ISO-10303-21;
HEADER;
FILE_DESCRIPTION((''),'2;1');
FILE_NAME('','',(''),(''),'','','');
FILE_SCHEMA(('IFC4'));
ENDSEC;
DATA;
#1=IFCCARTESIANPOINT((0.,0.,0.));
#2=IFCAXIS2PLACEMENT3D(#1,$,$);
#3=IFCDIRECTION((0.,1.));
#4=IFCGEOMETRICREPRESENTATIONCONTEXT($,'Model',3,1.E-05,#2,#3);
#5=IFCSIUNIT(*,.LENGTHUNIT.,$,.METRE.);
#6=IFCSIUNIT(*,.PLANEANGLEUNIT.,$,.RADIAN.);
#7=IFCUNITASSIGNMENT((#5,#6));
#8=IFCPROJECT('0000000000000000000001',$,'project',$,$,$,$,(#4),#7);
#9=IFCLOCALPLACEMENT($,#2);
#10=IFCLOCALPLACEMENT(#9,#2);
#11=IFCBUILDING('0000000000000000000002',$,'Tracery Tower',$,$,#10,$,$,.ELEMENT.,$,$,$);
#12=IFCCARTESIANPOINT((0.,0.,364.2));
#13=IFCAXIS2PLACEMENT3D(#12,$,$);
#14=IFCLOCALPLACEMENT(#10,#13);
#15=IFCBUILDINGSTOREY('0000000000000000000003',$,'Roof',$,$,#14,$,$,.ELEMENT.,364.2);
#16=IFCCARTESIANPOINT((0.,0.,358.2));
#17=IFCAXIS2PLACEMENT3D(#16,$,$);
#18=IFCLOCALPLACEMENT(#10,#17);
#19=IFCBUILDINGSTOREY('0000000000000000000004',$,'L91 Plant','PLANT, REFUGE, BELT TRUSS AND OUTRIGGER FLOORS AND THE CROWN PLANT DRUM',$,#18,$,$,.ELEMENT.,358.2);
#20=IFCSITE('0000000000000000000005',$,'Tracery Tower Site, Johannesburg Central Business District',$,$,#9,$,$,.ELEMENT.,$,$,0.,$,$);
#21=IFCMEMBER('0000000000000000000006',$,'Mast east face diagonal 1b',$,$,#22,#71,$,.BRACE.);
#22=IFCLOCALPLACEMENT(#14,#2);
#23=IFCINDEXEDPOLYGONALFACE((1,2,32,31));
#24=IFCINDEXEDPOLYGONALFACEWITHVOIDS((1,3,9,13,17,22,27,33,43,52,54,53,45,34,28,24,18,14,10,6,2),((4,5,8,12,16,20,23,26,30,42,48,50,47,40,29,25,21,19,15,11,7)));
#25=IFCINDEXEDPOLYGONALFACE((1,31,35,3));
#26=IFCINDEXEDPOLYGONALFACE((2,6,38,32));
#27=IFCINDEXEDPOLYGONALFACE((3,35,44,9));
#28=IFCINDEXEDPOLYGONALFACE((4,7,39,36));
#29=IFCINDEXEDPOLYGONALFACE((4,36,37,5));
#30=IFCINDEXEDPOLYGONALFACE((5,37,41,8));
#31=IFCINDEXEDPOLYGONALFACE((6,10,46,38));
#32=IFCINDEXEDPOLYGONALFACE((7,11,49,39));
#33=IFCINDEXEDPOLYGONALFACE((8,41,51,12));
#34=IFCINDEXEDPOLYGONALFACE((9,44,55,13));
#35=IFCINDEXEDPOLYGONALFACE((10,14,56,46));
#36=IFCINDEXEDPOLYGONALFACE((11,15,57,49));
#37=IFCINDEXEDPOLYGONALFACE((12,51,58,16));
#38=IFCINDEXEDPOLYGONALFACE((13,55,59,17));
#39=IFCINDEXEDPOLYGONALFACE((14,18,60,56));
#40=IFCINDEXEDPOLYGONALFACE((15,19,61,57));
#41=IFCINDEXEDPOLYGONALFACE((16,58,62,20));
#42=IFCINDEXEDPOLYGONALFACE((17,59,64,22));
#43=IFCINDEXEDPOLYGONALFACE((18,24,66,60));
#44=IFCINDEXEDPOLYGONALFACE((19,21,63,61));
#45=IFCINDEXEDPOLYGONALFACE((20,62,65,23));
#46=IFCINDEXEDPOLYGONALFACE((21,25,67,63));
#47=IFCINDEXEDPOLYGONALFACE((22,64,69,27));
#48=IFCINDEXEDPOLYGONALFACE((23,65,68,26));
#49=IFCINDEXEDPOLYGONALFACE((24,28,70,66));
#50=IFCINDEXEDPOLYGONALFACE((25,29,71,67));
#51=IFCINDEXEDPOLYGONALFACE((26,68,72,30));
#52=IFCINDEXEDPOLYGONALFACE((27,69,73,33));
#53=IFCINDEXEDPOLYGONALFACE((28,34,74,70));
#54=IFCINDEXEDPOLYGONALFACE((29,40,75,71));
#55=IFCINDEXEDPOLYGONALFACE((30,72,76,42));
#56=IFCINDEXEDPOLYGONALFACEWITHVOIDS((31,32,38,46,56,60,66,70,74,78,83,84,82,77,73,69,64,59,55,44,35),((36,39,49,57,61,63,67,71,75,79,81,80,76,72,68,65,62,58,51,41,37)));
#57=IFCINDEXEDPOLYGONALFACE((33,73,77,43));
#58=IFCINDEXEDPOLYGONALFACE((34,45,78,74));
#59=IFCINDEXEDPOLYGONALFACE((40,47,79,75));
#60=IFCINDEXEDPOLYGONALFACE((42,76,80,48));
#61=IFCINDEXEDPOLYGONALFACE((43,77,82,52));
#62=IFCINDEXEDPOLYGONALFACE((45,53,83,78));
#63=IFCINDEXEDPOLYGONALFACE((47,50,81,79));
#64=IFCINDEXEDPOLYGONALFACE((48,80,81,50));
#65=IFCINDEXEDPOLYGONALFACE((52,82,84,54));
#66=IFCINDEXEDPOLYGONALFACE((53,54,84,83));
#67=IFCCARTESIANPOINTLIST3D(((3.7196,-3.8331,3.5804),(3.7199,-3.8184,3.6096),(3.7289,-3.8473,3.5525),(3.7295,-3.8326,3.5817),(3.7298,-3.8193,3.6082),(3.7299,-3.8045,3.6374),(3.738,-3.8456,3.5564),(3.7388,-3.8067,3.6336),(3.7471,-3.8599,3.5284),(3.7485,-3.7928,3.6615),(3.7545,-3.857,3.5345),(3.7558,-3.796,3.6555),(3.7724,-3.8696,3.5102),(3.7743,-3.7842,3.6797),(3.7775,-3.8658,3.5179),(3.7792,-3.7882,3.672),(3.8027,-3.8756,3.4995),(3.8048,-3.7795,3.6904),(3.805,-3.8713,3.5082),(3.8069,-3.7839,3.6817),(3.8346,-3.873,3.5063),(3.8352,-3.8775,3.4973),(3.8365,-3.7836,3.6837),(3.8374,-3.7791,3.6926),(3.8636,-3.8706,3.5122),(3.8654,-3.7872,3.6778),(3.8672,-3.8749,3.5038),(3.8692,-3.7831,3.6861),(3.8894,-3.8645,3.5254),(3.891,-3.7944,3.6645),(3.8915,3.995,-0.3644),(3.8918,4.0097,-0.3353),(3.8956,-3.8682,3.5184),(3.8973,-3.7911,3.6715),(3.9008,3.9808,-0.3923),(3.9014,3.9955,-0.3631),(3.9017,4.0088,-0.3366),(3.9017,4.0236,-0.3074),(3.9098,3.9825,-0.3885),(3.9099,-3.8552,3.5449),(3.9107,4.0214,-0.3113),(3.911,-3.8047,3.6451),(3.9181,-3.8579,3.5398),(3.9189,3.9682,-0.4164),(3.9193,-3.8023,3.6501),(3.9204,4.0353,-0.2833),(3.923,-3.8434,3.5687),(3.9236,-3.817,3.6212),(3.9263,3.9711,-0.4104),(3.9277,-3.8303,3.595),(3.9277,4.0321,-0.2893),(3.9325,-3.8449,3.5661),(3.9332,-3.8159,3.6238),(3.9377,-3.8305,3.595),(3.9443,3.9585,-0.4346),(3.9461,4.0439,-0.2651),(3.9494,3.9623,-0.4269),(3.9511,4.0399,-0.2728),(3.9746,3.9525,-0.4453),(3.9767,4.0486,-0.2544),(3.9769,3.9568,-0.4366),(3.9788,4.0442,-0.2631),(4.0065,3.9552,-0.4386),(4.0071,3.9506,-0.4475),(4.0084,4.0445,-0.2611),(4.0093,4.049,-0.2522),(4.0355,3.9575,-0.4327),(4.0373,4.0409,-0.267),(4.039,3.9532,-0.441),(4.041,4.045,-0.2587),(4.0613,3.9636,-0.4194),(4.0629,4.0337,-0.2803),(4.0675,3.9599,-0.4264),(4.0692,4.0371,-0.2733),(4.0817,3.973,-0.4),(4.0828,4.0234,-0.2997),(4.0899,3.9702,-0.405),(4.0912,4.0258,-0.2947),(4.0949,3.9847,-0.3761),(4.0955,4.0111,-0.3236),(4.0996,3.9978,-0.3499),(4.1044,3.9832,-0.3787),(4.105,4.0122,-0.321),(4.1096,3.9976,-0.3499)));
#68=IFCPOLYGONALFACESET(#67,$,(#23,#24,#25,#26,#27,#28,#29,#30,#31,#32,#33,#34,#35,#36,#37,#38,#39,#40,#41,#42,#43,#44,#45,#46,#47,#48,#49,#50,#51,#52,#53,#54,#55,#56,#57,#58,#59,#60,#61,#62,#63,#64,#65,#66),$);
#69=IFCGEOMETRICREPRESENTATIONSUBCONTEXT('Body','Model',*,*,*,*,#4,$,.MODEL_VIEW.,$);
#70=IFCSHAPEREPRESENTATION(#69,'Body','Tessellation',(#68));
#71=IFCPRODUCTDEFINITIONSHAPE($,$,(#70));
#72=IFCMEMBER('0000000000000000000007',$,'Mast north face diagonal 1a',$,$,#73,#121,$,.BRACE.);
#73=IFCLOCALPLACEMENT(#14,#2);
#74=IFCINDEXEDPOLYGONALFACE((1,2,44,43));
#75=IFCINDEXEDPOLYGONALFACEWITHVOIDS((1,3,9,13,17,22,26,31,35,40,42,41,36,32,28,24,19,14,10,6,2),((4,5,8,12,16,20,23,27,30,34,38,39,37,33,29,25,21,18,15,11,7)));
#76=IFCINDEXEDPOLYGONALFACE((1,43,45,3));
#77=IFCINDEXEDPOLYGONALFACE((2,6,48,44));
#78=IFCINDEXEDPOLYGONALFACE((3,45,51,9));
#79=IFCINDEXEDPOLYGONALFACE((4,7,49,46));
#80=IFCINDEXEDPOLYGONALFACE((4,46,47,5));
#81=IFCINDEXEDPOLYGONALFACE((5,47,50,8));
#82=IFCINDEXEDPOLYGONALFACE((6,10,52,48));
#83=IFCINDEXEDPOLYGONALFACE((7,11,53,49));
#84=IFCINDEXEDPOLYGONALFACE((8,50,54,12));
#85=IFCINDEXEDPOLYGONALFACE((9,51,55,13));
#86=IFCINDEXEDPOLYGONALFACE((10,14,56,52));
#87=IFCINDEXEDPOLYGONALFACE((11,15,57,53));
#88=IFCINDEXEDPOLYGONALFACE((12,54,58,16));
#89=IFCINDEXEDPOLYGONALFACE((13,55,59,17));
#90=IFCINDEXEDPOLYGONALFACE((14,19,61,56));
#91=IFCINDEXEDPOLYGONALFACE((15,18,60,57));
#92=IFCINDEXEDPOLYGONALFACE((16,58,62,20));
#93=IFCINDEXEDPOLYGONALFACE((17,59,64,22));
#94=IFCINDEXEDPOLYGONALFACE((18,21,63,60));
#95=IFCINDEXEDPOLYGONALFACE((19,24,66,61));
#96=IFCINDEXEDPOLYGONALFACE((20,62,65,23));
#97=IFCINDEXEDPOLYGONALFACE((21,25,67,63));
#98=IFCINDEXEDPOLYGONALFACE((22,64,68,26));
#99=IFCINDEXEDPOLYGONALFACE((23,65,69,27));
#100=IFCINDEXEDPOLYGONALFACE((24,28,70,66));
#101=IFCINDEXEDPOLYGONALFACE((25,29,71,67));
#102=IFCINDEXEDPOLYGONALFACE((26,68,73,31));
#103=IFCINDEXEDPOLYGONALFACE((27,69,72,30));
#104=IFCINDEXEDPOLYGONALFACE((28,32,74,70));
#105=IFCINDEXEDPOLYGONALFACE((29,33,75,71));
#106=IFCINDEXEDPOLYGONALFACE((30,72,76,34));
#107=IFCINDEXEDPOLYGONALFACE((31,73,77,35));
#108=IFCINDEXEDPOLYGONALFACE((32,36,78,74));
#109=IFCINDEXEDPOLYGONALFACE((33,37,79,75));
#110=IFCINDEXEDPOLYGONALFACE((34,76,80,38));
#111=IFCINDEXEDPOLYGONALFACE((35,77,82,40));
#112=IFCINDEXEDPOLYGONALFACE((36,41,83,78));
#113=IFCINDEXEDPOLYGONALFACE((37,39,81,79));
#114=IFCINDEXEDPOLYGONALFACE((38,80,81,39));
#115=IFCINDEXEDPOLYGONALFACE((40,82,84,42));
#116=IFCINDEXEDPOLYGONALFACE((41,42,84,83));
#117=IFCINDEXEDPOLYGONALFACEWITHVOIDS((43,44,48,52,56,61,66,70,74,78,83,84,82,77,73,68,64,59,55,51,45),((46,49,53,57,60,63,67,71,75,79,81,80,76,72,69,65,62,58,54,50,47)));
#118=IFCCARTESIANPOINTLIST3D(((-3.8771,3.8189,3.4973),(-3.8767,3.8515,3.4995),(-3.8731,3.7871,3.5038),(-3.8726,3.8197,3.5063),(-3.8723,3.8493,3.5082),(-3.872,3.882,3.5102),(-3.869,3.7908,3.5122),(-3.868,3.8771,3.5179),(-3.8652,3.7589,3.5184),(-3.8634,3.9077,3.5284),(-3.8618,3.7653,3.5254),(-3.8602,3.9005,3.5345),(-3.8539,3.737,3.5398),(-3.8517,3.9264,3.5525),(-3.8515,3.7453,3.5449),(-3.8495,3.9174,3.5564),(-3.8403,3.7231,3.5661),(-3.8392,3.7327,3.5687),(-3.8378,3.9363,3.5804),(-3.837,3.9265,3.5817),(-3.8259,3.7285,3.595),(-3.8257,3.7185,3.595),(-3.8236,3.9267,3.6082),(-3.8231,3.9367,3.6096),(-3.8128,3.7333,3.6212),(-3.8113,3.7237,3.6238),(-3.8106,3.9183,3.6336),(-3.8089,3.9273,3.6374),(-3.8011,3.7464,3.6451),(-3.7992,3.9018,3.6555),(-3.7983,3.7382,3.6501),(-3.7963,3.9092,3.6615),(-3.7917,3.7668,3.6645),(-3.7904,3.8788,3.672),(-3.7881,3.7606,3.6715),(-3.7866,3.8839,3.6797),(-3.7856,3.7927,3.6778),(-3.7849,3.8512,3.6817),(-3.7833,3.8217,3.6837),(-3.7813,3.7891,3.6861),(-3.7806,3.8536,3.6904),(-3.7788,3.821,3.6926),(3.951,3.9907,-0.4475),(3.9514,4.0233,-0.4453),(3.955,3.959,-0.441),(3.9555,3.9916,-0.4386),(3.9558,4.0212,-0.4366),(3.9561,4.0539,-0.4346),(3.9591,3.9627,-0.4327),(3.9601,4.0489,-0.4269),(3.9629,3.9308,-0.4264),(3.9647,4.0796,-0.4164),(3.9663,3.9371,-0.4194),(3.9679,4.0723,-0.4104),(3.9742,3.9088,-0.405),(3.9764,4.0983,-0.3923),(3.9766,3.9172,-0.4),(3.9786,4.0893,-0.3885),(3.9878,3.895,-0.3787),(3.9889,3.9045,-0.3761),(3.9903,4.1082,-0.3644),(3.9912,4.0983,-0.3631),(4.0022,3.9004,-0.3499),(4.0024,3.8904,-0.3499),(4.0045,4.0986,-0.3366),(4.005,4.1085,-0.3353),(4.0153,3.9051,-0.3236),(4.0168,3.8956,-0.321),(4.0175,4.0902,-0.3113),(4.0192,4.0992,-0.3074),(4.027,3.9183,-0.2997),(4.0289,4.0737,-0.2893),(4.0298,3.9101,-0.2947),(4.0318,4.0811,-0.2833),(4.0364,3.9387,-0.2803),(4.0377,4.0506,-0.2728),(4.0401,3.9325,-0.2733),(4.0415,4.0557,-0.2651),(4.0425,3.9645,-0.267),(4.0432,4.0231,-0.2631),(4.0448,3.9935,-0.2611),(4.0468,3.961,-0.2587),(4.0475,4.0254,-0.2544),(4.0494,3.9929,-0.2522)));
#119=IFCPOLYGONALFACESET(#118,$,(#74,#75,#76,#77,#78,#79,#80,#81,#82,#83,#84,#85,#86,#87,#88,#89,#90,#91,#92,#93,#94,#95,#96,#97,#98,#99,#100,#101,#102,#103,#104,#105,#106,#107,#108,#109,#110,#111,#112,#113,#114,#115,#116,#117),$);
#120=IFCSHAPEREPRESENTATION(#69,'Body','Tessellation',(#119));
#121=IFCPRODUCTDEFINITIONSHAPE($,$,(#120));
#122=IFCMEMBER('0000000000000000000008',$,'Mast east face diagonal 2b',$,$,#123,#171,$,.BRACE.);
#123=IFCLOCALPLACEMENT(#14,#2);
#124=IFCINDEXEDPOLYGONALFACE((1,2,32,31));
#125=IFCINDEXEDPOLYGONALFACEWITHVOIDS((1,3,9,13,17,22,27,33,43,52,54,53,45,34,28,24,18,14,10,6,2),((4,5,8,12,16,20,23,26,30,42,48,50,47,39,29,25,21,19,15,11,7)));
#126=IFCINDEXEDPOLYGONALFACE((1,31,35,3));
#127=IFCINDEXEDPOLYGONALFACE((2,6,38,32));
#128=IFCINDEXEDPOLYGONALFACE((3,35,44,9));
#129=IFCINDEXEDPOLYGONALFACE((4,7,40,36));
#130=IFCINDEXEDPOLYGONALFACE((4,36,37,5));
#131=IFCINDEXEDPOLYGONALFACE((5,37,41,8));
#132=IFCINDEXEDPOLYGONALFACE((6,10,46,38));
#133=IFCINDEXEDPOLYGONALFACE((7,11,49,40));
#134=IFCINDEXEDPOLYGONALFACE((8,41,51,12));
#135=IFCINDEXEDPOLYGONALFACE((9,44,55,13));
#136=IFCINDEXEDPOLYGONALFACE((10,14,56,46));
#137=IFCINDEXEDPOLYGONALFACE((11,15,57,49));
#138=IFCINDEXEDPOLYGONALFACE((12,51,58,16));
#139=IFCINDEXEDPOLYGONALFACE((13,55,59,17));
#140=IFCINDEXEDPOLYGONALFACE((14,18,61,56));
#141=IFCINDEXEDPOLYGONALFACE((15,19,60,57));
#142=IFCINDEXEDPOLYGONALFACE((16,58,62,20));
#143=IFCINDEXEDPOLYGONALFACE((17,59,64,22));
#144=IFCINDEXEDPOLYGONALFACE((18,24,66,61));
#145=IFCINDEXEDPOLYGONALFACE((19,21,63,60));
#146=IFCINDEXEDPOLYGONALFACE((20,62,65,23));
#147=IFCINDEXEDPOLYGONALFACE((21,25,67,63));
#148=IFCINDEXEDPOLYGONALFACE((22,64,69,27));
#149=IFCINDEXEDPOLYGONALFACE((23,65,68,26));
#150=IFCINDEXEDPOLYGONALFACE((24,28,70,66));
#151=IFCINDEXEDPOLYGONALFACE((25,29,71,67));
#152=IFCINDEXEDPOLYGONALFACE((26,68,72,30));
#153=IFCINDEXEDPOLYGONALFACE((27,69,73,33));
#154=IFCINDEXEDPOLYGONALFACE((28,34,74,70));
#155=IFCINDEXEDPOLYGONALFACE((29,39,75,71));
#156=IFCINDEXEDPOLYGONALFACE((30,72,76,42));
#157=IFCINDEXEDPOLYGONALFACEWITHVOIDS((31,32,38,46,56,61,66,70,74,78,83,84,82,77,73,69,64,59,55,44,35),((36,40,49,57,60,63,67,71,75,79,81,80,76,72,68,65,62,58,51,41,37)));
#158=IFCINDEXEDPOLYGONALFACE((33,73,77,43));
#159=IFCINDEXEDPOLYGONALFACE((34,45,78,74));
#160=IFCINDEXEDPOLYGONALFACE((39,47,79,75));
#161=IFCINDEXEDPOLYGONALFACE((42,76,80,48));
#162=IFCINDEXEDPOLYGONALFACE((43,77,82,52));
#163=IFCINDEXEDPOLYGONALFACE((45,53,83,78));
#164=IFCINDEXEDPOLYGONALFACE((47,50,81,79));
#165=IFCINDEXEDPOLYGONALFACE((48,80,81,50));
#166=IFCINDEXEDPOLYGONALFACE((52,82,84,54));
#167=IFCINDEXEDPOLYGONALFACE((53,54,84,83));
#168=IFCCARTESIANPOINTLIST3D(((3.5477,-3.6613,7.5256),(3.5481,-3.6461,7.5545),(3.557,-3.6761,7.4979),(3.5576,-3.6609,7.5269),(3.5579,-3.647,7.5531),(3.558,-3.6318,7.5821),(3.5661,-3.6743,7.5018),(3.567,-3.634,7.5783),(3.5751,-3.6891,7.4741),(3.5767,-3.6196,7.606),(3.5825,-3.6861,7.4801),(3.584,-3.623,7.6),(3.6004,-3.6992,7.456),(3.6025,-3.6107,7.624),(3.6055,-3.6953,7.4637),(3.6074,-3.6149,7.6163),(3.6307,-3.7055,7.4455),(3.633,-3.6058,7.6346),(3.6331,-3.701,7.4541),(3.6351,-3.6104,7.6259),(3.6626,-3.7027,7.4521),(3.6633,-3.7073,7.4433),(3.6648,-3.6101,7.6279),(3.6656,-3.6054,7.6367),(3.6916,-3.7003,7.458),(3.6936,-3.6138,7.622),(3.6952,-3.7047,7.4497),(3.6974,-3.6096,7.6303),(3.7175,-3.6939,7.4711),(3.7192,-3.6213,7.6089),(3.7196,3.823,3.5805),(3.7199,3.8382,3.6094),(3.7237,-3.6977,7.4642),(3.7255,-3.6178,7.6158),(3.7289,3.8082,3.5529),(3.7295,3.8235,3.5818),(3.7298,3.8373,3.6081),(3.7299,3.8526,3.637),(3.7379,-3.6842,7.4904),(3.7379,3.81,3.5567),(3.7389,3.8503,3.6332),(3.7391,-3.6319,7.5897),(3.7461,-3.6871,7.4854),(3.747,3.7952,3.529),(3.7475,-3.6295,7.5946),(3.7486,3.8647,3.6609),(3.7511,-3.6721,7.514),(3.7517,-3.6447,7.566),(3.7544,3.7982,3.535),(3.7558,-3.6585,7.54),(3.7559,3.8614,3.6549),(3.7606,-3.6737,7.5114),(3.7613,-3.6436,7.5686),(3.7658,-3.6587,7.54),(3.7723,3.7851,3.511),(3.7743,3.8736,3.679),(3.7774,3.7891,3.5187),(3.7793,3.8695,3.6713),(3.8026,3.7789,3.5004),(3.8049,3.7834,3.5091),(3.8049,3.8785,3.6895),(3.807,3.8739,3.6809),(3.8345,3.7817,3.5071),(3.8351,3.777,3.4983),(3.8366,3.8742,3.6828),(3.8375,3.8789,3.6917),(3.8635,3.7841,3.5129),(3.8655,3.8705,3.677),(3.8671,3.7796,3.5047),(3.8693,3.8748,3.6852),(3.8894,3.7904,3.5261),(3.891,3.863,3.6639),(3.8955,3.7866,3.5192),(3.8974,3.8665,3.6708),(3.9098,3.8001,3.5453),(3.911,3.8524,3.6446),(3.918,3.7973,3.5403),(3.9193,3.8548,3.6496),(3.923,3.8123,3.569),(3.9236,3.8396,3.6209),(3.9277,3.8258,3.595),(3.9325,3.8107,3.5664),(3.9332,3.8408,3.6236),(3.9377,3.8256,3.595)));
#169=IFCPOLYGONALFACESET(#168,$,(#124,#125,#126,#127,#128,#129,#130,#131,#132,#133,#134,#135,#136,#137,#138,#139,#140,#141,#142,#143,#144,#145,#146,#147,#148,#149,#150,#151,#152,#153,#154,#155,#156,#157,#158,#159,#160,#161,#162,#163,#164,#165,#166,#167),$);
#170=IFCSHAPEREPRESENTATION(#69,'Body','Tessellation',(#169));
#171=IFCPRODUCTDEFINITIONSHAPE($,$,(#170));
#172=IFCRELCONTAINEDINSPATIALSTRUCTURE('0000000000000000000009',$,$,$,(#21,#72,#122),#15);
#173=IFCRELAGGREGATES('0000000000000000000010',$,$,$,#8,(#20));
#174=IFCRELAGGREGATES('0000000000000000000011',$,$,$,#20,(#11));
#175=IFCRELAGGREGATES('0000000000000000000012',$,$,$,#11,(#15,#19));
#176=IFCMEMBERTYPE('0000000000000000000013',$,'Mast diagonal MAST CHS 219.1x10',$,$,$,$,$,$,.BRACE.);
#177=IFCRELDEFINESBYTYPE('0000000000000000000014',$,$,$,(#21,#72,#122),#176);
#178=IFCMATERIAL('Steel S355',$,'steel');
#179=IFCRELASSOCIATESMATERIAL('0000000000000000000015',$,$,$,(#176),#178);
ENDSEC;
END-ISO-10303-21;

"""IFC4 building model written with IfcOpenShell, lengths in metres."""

from ifc_helpers import new_model, si_unit, direction, frame, origin, origin_2d, place, context, subcontext, project, spatial, hollow_circle, extrude, material, material_profile, profile_set, type_object, element, save


model = new_model("IFC4")

# Units and contexts
model_context = context("Model", 3, precision=1e-05, world=origin(), true_north=direction((0.0, 1.0)))
body_context = subcontext(model_context, "Body", "Model", "MODEL_VIEW")
ifc_project = project(units=[si_unit("LENGTHUNIT", "METRE"), si_unit("PLANEANGLEUNIT", "RADIAN")], contexts=[model_context])

# Site, building, storey
site_placement = place(None, origin())
site = spatial("IfcSite", under=ifc_project, at=site_placement, Name="Tracery Tower Site, Johannesburg Central Business District", CompositionType="ELEMENT", RefElevation=0.0)
building_placement = place(site_placement, origin())
building = spatial("IfcBuilding", under=site, at=building_placement, Name="Tracery Tower", CompositionType="ELEMENT")
storey_1_placement = place(building_placement, frame((0.0, 0.0, 364.2)))
storey_1 = spatial("IfcBuildingStorey", under=building, at=storey_1_placement, Name="Roof", CompositionType="ELEMENT", Elevation=364.2)

# Members
ifc_material_1 = material(Name="Steel S355", Category="steel")
ifc_material_profile_1 = material_profile(ifc_material_1, hollow_circle(Radius=0.1096, WallThickness=0.01, at=origin_2d()), Name="CHS 219.1x10")
ifc_profile_set_1 = profile_set([ifc_material_profile_1], Name="Steel S355")
member_type_1 = type_object("IfcMemberType", Name="Mast diagonal MAST CHS 219.1x10", PredefinedType="BRACE", material=ifc_profile_set_1)
for number, where, z_axis, x_axis, name in (
    (1, (4.0, 4.0, -0.3499), (-0.019603, -0.892847, 0.449932), (0.999759, -0.021951, 0.0), "Mast east face diagonal 1b"),
    (2, (4.0, 4.0, -0.3499), (-0.892847, -0.019603, 0.449932), (0.021951, -0.999759, 0.0), "Mast north face diagonal 1a"),
):
    element("IfcMember", number, at=place(storey_1_placement, frame(where, z_axis=z_axis, x_axis=x_axis)), inside=storey_1, type_object=member_type_1, Name=name, PredefinedType="BRACE", context=body_context, shape_type="SweptSolid", body=[
        extrude(hollow_circle(Radius=0.1096, WallThickness=0.01, at=origin_2d()), origin(), (0.0, 0.0, 1.0), 8.7676),
    ])
for number, where, z_axis, x_axis, name in (
    (3, (3.8281, 3.8281, 3.595), (-0.020311, -0.884447, 0.466198), (0.999736, -0.022958, 0.0), "Mast east face diagonal 2b"),
):
    element("IfcMember", number, at=place(storey_1_placement, frame(where, z_axis=z_axis, x_axis=x_axis)), inside=storey_1, type_object=member_type_1, Name=name, PredefinedType="BRACE", context=body_context, shape_type="SweptSolid", body=[
        extrude(hollow_circle(Radius=0.1096, WallThickness=0.01, at=origin_2d()), origin(), (0.0, 0.0, 1.0), 8.4622),
    ])

# Shared definitions
storey_2_placement = place(building_placement, frame((0.0, 0.0, 358.2)))
storey_2 = spatial("IfcBuildingStorey", under=building, at=storey_2_placement, Name="L91 Plant", Description="PLANT, REFUGE, BELT TRUSS AND OUTRIGGER FLOORS AND THE CROWN PLANT DRUM", CompositionType="ELEMENT", Elevation=358.2)

save(model, "model.ifc")
